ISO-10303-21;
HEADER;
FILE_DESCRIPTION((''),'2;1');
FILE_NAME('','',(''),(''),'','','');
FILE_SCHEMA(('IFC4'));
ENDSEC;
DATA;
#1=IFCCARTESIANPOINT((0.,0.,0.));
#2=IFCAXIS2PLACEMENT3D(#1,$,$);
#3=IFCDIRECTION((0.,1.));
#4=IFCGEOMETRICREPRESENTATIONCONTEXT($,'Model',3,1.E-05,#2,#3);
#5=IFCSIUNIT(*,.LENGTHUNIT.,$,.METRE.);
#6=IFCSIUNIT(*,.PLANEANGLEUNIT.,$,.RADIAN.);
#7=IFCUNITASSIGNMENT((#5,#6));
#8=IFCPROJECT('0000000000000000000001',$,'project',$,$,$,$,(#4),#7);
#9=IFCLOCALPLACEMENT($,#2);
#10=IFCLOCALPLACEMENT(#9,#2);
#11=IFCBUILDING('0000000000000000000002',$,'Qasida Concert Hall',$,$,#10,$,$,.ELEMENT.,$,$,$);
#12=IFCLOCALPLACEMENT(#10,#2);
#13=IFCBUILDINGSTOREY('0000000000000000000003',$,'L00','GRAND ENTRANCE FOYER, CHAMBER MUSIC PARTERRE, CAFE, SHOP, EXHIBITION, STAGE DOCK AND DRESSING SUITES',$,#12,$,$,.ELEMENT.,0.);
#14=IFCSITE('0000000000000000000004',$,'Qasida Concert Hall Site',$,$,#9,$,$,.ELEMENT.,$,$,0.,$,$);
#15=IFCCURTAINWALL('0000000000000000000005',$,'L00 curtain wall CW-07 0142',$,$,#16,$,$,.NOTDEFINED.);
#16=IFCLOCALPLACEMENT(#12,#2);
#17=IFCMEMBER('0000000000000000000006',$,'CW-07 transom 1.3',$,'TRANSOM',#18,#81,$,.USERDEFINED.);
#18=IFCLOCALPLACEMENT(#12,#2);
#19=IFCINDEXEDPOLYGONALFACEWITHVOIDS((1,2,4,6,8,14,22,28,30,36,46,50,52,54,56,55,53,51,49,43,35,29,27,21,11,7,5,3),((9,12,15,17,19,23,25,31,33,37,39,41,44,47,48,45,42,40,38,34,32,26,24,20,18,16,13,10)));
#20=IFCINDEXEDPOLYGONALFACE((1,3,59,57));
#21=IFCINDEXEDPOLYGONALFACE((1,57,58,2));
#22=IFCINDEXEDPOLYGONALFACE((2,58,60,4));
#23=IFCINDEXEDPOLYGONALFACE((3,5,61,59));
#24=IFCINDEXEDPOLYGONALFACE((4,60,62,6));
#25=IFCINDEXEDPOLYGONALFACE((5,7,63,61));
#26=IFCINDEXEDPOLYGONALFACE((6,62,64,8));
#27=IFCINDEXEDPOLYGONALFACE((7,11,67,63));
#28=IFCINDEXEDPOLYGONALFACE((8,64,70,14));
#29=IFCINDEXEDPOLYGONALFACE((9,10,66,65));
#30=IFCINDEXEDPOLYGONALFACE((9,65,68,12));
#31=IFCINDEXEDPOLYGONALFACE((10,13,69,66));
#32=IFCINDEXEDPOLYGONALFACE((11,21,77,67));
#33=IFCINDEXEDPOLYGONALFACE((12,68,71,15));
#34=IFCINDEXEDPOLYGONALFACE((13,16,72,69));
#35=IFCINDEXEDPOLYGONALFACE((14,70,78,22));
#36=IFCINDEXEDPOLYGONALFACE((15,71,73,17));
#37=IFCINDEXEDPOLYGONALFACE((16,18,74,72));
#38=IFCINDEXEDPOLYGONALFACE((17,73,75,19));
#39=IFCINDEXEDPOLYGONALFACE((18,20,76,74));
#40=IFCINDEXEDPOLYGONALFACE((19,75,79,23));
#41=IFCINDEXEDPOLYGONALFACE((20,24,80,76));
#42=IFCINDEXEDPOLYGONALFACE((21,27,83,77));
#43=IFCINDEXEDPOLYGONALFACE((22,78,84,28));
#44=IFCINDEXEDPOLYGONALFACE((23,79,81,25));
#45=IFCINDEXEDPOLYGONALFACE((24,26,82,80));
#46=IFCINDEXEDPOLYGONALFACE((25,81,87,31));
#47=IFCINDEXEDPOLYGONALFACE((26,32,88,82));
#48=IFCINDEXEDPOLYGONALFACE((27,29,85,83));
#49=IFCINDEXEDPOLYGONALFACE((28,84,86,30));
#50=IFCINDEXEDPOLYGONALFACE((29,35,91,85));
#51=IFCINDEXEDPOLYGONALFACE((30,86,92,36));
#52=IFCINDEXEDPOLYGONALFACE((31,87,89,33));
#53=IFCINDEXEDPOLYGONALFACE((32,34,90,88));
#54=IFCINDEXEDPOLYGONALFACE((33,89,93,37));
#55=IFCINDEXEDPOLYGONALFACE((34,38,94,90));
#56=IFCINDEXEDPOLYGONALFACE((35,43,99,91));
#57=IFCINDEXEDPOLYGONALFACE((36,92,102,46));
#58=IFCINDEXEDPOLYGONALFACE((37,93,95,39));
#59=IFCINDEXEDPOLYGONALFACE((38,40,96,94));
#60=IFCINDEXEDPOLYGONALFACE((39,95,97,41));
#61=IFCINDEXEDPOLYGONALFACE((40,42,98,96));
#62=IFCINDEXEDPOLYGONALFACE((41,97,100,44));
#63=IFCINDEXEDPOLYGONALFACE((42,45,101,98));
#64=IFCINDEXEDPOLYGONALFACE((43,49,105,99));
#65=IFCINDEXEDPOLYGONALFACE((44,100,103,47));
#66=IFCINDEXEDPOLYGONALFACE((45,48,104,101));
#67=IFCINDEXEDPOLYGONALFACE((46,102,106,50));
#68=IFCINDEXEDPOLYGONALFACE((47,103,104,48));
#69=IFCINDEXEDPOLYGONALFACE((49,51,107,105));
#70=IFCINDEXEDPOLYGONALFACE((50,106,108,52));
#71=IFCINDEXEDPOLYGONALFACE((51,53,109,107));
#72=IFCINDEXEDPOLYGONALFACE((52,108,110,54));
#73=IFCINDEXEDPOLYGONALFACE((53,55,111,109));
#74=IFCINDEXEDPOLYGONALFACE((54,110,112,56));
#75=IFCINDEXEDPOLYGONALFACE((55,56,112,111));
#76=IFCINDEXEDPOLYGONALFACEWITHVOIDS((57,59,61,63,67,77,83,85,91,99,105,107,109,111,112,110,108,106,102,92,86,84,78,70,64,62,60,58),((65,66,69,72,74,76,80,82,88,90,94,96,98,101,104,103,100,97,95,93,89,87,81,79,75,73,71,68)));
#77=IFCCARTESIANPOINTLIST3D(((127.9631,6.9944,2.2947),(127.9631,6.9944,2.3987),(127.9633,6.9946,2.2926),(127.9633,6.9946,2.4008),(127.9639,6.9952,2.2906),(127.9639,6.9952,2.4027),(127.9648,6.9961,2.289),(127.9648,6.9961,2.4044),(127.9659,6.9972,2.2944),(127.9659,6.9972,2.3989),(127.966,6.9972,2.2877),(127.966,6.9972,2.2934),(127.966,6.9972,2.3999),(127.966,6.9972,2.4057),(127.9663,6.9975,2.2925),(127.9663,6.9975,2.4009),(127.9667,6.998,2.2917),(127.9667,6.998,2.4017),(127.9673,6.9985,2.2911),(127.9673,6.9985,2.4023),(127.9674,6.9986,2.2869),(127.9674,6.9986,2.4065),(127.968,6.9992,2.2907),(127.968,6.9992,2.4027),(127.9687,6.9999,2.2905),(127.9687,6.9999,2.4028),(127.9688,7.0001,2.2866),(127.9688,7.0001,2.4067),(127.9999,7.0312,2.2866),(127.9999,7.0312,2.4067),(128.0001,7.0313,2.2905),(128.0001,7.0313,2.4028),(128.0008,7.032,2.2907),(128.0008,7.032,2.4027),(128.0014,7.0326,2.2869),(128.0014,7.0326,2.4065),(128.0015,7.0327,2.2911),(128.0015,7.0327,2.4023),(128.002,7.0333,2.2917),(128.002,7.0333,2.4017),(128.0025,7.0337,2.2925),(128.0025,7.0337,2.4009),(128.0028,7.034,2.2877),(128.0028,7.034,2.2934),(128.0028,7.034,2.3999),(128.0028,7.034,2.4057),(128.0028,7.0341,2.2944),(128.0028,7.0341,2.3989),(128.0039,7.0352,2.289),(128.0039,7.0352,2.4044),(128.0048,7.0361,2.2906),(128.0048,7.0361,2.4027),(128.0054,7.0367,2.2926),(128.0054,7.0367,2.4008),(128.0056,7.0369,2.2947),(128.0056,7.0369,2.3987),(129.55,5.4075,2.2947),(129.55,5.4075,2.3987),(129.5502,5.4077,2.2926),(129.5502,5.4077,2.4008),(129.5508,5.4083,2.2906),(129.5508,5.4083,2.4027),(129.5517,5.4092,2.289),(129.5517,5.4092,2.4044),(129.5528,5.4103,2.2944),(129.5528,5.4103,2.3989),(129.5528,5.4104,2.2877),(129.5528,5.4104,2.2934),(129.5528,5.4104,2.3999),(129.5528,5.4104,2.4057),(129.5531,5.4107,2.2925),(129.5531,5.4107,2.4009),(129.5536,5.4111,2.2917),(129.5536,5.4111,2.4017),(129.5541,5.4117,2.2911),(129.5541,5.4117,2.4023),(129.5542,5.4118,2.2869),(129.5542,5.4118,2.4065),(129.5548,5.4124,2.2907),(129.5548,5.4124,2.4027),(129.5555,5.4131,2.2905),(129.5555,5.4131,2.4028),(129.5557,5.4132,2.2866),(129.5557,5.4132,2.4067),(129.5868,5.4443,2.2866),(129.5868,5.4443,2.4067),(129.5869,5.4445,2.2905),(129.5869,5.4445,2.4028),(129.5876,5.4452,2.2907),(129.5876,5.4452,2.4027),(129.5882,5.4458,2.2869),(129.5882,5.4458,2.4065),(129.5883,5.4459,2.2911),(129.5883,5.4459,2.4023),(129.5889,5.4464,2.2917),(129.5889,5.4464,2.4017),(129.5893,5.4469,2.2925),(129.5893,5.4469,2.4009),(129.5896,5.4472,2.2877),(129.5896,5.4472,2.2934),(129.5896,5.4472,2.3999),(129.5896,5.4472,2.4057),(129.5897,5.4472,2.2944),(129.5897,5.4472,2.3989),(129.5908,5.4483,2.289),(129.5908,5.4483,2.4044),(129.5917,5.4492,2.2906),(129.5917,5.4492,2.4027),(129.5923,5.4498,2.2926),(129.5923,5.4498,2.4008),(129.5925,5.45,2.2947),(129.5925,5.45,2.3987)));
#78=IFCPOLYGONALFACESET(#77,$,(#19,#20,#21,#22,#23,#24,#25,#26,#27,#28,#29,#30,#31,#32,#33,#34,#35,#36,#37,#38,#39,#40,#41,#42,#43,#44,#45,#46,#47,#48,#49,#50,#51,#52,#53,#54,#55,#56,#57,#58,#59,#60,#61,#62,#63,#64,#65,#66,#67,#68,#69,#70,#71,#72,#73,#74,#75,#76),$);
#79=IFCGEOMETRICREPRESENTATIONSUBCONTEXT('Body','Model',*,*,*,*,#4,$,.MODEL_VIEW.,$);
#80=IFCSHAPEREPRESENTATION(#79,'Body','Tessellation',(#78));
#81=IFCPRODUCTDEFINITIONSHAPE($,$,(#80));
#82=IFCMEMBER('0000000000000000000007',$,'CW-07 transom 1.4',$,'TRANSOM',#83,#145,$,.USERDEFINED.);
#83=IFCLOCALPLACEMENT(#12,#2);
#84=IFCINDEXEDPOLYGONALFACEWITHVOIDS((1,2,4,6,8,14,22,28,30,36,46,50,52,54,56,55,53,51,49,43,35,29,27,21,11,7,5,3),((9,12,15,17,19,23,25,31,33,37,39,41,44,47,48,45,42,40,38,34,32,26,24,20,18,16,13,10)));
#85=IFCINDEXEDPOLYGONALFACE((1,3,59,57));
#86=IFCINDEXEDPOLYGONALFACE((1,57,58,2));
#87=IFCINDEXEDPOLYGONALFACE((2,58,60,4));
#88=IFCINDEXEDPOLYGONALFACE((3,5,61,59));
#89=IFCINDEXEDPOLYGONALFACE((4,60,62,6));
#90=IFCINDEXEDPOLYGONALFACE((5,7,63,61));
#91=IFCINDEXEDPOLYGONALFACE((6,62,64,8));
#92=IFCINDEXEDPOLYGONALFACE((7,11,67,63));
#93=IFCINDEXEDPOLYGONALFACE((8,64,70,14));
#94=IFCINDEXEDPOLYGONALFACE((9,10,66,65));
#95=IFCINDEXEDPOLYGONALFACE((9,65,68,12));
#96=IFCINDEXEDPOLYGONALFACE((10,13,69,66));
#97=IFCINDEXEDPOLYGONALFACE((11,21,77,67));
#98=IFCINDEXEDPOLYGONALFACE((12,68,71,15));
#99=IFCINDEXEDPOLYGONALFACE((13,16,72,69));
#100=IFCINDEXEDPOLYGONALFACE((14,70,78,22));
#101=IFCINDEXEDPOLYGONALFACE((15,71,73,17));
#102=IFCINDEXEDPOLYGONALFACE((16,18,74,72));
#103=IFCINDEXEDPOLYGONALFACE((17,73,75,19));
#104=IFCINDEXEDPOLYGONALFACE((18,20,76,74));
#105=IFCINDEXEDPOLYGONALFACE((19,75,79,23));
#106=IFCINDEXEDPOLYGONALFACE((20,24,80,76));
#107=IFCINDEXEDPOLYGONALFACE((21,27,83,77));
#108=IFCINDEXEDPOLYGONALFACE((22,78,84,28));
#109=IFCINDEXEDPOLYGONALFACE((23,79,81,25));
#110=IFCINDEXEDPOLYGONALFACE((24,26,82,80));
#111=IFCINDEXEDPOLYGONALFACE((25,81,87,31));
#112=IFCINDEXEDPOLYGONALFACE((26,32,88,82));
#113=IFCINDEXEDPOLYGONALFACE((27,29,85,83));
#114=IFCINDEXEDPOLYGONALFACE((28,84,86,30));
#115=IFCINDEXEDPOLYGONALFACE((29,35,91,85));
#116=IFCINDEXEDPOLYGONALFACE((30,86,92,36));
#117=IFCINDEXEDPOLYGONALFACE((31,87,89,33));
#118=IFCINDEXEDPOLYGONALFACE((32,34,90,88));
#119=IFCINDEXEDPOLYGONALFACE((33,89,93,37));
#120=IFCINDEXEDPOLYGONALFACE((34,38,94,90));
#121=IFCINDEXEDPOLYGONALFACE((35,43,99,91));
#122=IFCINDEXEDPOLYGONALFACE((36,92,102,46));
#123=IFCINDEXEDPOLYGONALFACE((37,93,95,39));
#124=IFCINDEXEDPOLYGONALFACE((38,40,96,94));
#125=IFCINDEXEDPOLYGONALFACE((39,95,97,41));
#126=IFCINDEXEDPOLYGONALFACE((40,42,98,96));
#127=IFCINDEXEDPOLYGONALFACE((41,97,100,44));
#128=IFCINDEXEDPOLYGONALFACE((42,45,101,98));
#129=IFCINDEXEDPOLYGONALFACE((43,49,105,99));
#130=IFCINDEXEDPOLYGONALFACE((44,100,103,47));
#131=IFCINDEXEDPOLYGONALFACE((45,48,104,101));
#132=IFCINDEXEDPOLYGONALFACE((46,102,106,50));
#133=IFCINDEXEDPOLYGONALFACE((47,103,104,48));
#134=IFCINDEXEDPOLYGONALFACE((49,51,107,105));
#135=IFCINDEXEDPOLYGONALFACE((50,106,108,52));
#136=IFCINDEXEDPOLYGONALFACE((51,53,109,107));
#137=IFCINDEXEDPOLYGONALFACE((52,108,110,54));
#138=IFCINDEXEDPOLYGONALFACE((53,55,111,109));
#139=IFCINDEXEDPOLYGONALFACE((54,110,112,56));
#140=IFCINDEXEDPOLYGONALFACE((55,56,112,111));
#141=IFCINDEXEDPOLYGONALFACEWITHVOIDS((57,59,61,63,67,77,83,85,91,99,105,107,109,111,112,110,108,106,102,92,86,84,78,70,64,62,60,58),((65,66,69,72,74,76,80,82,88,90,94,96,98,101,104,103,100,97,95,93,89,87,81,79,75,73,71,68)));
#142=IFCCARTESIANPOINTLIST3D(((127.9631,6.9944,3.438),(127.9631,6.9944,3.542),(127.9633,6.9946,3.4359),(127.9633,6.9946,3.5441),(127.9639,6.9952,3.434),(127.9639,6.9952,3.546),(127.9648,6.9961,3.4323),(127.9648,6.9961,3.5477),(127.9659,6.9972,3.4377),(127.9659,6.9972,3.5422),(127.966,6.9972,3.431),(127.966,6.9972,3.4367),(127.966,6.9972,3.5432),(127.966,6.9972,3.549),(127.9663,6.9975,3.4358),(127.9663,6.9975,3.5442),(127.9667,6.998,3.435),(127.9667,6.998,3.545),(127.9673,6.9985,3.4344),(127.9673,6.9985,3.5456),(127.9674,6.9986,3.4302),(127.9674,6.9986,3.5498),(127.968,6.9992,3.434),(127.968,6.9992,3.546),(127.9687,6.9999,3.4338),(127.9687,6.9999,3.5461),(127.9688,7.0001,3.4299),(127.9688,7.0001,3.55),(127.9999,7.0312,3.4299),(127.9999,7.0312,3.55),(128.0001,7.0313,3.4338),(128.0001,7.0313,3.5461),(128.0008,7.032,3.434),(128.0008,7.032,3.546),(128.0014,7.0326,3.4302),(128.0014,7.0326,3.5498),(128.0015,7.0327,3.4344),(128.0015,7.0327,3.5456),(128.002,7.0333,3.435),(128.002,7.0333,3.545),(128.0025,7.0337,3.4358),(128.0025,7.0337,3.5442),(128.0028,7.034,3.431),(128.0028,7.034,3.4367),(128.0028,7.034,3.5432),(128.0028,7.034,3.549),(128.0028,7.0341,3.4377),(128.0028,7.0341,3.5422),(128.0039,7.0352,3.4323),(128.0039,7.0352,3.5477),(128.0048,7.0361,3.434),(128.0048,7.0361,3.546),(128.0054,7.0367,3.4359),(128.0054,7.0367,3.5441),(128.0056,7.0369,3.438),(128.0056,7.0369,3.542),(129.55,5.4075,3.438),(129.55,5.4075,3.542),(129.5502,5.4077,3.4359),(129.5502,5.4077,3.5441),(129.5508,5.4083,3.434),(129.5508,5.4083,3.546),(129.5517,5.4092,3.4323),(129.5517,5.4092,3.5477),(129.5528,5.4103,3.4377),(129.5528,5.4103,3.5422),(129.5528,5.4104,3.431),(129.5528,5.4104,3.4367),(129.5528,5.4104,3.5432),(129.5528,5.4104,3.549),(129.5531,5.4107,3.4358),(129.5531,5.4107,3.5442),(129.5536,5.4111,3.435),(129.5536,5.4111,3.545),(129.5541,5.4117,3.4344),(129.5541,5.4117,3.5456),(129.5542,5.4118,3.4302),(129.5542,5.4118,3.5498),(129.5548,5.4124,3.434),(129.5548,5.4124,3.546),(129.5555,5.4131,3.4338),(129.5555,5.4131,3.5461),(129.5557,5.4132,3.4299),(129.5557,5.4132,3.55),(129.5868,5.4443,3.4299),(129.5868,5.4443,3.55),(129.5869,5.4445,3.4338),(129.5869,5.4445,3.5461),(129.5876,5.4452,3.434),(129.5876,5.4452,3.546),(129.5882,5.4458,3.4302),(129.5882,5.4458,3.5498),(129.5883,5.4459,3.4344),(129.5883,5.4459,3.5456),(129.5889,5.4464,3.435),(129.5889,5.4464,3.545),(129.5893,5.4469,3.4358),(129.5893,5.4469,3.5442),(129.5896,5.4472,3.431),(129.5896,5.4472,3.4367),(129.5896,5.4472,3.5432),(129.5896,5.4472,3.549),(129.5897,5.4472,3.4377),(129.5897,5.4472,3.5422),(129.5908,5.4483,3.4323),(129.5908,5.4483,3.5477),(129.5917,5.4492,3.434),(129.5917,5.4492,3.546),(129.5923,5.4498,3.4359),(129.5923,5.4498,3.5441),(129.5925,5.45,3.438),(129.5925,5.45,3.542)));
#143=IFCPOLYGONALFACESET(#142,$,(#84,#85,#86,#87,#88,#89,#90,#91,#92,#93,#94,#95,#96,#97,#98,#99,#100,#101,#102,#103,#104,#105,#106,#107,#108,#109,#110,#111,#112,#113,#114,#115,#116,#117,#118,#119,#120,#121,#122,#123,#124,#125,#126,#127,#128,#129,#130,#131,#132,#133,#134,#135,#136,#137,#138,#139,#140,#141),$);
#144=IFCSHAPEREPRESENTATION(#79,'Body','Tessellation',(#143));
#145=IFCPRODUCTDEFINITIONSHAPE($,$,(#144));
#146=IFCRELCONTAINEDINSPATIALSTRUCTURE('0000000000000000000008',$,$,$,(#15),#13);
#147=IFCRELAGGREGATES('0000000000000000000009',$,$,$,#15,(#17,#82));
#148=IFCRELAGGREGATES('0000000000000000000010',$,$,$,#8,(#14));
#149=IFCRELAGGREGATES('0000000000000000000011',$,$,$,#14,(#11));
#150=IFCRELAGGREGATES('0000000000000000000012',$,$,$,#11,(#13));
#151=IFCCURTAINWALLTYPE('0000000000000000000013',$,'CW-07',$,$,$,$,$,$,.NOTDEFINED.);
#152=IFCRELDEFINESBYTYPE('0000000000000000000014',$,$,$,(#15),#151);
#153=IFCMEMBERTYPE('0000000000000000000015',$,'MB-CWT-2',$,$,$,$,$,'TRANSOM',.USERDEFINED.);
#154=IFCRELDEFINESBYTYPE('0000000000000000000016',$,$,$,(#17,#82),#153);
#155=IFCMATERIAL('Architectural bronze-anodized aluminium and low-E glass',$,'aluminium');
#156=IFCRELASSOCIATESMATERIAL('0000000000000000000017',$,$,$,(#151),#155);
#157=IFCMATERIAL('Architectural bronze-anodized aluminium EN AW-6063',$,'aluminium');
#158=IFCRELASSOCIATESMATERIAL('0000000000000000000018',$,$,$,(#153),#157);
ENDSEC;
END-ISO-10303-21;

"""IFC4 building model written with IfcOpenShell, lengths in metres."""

from ifc_helpers import new_model, si_unit, direction, frame, origin, origin_2d, place, context, subcontext, project, spatial, hollow_rectangle, extrude, material, material_profile, profile_set, type_object, element, aggregate, save


model = new_model("IFC4")

# Units and contexts
model_context = context("Model", 3, precision=1e-05, world=origin(), true_north=direction((0.0, 1.0)))
body_context = subcontext(model_context, "Body", "Model", "MODEL_VIEW")
ifc_project = project(units=[si_unit("LENGTHUNIT", "METRE"), si_unit("PLANEANGLEUNIT", "RADIAN")], contexts=[model_context])

# Site, building, storey
site_placement = place(None, origin())
site = spatial("IfcSite", under=ifc_project, at=site_placement, Name="Qasida Concert Hall Site", CompositionType="ELEMENT", RefElevation=0.0)
building_placement = place(site_placement, origin())
building = spatial("IfcBuilding", under=site, at=building_placement, Name="Qasida Concert Hall", CompositionType="ELEMENT")
storey_placement = place(building_placement, origin())
storey = spatial("IfcBuildingStorey", under=building, at=storey_placement, Name="L00", Description="GRAND ENTRANCE FOYER, CHAMBER MUSIC PARTERRE, CAFE, SHOP, EXHIBITION, STAGE DOCK AND DRESSING SUITES", CompositionType="ELEMENT", Elevation=0.0)

# Curtain wall, members
ifc_material_1 = material(Name="Architectural bronze-anodized aluminium and low-E glass", Category="aluminium")
curtain_wall_type = type_object("IfcCurtainWallType", Name="CW-07", PredefinedType="NOTDEFINED", material=ifc_material_1)
curtain_wall_placement = place(storey_placement, origin())
curtain_wall = element("IfcCurtainWall", 1, at=curtain_wall_placement, inside=storey, type_object=curtain_wall_type, Name="L00 curtain wall CW-07 0142", PredefinedType="NOTDEFINED")
ifc_material_2 = material(Name="Architectural bronze-anodized aluminium EN AW-6063", Category="aluminium")
ifc_material_profile_1 = material_profile(ifc_material_2, hollow_rectangle(XDim=0.0601, YDim=0.1201, WallThickness=0.0039, InnerFilletRadius=0.0039, OuterFilletRadius=0.0081, at=origin_2d()), Name="CWT 120x60x4")
ifc_profile_set_1 = profile_set([ifc_material_profile_1], Name="Architectural bronze-anodized aluminium EN AW-6063")
member_type_1 = type_object("IfcMemberType", Name="MB-CWT-2", ElementType="TRANSOM", PredefinedType="USERDEFINED", material=ifc_profile_set_1)
member_1_placement = place(storey_placement, frame((127.9844, 7.0156, 2.3467), z_axis=(0.707107, -0.707107, 0.0), x_axis=(0.707107, 0.707107, 0.0)))
member_1 = element("IfcMember", 2, at=member_1_placement, type_object=member_type_1, Name="CW-07 transom 1.3", ObjectType="TRANSOM", PredefinedType="USERDEFINED", context=body_context, shape_type="SweptSolid", body=[
    extrude(hollow_rectangle(XDim=0.0601, YDim=0.1201, WallThickness=0.0039, InnerFilletRadius=0.0039, OuterFilletRadius=0.0081, at=origin_2d()), origin(), (0.0, 0.0, 1.0), 2.2441),
])
member_2_placement = place(storey_placement, frame((127.9844, 7.0156, 3.49), z_axis=(0.707107, -0.707107, 0.0), x_axis=(0.707107, 0.707107, 0.0)))
member_2 = element("IfcMember", 3, at=member_2_placement, type_object=member_type_1, Name="CW-07 transom 1.4", ObjectType="TRANSOM", PredefinedType="USERDEFINED", context=body_context, shape_type="SweptSolid", body=[
    extrude(hollow_rectangle(XDim=0.0601, YDim=0.1201, WallThickness=0.0039, InnerFilletRadius=0.0039, OuterFilletRadius=0.0081, at=origin_2d()), origin(), (0.0, 0.0, 1.0), 2.2441),
])
aggregate(curtain_wall, [member_1, member_2])

save(model, "model.ifc")
